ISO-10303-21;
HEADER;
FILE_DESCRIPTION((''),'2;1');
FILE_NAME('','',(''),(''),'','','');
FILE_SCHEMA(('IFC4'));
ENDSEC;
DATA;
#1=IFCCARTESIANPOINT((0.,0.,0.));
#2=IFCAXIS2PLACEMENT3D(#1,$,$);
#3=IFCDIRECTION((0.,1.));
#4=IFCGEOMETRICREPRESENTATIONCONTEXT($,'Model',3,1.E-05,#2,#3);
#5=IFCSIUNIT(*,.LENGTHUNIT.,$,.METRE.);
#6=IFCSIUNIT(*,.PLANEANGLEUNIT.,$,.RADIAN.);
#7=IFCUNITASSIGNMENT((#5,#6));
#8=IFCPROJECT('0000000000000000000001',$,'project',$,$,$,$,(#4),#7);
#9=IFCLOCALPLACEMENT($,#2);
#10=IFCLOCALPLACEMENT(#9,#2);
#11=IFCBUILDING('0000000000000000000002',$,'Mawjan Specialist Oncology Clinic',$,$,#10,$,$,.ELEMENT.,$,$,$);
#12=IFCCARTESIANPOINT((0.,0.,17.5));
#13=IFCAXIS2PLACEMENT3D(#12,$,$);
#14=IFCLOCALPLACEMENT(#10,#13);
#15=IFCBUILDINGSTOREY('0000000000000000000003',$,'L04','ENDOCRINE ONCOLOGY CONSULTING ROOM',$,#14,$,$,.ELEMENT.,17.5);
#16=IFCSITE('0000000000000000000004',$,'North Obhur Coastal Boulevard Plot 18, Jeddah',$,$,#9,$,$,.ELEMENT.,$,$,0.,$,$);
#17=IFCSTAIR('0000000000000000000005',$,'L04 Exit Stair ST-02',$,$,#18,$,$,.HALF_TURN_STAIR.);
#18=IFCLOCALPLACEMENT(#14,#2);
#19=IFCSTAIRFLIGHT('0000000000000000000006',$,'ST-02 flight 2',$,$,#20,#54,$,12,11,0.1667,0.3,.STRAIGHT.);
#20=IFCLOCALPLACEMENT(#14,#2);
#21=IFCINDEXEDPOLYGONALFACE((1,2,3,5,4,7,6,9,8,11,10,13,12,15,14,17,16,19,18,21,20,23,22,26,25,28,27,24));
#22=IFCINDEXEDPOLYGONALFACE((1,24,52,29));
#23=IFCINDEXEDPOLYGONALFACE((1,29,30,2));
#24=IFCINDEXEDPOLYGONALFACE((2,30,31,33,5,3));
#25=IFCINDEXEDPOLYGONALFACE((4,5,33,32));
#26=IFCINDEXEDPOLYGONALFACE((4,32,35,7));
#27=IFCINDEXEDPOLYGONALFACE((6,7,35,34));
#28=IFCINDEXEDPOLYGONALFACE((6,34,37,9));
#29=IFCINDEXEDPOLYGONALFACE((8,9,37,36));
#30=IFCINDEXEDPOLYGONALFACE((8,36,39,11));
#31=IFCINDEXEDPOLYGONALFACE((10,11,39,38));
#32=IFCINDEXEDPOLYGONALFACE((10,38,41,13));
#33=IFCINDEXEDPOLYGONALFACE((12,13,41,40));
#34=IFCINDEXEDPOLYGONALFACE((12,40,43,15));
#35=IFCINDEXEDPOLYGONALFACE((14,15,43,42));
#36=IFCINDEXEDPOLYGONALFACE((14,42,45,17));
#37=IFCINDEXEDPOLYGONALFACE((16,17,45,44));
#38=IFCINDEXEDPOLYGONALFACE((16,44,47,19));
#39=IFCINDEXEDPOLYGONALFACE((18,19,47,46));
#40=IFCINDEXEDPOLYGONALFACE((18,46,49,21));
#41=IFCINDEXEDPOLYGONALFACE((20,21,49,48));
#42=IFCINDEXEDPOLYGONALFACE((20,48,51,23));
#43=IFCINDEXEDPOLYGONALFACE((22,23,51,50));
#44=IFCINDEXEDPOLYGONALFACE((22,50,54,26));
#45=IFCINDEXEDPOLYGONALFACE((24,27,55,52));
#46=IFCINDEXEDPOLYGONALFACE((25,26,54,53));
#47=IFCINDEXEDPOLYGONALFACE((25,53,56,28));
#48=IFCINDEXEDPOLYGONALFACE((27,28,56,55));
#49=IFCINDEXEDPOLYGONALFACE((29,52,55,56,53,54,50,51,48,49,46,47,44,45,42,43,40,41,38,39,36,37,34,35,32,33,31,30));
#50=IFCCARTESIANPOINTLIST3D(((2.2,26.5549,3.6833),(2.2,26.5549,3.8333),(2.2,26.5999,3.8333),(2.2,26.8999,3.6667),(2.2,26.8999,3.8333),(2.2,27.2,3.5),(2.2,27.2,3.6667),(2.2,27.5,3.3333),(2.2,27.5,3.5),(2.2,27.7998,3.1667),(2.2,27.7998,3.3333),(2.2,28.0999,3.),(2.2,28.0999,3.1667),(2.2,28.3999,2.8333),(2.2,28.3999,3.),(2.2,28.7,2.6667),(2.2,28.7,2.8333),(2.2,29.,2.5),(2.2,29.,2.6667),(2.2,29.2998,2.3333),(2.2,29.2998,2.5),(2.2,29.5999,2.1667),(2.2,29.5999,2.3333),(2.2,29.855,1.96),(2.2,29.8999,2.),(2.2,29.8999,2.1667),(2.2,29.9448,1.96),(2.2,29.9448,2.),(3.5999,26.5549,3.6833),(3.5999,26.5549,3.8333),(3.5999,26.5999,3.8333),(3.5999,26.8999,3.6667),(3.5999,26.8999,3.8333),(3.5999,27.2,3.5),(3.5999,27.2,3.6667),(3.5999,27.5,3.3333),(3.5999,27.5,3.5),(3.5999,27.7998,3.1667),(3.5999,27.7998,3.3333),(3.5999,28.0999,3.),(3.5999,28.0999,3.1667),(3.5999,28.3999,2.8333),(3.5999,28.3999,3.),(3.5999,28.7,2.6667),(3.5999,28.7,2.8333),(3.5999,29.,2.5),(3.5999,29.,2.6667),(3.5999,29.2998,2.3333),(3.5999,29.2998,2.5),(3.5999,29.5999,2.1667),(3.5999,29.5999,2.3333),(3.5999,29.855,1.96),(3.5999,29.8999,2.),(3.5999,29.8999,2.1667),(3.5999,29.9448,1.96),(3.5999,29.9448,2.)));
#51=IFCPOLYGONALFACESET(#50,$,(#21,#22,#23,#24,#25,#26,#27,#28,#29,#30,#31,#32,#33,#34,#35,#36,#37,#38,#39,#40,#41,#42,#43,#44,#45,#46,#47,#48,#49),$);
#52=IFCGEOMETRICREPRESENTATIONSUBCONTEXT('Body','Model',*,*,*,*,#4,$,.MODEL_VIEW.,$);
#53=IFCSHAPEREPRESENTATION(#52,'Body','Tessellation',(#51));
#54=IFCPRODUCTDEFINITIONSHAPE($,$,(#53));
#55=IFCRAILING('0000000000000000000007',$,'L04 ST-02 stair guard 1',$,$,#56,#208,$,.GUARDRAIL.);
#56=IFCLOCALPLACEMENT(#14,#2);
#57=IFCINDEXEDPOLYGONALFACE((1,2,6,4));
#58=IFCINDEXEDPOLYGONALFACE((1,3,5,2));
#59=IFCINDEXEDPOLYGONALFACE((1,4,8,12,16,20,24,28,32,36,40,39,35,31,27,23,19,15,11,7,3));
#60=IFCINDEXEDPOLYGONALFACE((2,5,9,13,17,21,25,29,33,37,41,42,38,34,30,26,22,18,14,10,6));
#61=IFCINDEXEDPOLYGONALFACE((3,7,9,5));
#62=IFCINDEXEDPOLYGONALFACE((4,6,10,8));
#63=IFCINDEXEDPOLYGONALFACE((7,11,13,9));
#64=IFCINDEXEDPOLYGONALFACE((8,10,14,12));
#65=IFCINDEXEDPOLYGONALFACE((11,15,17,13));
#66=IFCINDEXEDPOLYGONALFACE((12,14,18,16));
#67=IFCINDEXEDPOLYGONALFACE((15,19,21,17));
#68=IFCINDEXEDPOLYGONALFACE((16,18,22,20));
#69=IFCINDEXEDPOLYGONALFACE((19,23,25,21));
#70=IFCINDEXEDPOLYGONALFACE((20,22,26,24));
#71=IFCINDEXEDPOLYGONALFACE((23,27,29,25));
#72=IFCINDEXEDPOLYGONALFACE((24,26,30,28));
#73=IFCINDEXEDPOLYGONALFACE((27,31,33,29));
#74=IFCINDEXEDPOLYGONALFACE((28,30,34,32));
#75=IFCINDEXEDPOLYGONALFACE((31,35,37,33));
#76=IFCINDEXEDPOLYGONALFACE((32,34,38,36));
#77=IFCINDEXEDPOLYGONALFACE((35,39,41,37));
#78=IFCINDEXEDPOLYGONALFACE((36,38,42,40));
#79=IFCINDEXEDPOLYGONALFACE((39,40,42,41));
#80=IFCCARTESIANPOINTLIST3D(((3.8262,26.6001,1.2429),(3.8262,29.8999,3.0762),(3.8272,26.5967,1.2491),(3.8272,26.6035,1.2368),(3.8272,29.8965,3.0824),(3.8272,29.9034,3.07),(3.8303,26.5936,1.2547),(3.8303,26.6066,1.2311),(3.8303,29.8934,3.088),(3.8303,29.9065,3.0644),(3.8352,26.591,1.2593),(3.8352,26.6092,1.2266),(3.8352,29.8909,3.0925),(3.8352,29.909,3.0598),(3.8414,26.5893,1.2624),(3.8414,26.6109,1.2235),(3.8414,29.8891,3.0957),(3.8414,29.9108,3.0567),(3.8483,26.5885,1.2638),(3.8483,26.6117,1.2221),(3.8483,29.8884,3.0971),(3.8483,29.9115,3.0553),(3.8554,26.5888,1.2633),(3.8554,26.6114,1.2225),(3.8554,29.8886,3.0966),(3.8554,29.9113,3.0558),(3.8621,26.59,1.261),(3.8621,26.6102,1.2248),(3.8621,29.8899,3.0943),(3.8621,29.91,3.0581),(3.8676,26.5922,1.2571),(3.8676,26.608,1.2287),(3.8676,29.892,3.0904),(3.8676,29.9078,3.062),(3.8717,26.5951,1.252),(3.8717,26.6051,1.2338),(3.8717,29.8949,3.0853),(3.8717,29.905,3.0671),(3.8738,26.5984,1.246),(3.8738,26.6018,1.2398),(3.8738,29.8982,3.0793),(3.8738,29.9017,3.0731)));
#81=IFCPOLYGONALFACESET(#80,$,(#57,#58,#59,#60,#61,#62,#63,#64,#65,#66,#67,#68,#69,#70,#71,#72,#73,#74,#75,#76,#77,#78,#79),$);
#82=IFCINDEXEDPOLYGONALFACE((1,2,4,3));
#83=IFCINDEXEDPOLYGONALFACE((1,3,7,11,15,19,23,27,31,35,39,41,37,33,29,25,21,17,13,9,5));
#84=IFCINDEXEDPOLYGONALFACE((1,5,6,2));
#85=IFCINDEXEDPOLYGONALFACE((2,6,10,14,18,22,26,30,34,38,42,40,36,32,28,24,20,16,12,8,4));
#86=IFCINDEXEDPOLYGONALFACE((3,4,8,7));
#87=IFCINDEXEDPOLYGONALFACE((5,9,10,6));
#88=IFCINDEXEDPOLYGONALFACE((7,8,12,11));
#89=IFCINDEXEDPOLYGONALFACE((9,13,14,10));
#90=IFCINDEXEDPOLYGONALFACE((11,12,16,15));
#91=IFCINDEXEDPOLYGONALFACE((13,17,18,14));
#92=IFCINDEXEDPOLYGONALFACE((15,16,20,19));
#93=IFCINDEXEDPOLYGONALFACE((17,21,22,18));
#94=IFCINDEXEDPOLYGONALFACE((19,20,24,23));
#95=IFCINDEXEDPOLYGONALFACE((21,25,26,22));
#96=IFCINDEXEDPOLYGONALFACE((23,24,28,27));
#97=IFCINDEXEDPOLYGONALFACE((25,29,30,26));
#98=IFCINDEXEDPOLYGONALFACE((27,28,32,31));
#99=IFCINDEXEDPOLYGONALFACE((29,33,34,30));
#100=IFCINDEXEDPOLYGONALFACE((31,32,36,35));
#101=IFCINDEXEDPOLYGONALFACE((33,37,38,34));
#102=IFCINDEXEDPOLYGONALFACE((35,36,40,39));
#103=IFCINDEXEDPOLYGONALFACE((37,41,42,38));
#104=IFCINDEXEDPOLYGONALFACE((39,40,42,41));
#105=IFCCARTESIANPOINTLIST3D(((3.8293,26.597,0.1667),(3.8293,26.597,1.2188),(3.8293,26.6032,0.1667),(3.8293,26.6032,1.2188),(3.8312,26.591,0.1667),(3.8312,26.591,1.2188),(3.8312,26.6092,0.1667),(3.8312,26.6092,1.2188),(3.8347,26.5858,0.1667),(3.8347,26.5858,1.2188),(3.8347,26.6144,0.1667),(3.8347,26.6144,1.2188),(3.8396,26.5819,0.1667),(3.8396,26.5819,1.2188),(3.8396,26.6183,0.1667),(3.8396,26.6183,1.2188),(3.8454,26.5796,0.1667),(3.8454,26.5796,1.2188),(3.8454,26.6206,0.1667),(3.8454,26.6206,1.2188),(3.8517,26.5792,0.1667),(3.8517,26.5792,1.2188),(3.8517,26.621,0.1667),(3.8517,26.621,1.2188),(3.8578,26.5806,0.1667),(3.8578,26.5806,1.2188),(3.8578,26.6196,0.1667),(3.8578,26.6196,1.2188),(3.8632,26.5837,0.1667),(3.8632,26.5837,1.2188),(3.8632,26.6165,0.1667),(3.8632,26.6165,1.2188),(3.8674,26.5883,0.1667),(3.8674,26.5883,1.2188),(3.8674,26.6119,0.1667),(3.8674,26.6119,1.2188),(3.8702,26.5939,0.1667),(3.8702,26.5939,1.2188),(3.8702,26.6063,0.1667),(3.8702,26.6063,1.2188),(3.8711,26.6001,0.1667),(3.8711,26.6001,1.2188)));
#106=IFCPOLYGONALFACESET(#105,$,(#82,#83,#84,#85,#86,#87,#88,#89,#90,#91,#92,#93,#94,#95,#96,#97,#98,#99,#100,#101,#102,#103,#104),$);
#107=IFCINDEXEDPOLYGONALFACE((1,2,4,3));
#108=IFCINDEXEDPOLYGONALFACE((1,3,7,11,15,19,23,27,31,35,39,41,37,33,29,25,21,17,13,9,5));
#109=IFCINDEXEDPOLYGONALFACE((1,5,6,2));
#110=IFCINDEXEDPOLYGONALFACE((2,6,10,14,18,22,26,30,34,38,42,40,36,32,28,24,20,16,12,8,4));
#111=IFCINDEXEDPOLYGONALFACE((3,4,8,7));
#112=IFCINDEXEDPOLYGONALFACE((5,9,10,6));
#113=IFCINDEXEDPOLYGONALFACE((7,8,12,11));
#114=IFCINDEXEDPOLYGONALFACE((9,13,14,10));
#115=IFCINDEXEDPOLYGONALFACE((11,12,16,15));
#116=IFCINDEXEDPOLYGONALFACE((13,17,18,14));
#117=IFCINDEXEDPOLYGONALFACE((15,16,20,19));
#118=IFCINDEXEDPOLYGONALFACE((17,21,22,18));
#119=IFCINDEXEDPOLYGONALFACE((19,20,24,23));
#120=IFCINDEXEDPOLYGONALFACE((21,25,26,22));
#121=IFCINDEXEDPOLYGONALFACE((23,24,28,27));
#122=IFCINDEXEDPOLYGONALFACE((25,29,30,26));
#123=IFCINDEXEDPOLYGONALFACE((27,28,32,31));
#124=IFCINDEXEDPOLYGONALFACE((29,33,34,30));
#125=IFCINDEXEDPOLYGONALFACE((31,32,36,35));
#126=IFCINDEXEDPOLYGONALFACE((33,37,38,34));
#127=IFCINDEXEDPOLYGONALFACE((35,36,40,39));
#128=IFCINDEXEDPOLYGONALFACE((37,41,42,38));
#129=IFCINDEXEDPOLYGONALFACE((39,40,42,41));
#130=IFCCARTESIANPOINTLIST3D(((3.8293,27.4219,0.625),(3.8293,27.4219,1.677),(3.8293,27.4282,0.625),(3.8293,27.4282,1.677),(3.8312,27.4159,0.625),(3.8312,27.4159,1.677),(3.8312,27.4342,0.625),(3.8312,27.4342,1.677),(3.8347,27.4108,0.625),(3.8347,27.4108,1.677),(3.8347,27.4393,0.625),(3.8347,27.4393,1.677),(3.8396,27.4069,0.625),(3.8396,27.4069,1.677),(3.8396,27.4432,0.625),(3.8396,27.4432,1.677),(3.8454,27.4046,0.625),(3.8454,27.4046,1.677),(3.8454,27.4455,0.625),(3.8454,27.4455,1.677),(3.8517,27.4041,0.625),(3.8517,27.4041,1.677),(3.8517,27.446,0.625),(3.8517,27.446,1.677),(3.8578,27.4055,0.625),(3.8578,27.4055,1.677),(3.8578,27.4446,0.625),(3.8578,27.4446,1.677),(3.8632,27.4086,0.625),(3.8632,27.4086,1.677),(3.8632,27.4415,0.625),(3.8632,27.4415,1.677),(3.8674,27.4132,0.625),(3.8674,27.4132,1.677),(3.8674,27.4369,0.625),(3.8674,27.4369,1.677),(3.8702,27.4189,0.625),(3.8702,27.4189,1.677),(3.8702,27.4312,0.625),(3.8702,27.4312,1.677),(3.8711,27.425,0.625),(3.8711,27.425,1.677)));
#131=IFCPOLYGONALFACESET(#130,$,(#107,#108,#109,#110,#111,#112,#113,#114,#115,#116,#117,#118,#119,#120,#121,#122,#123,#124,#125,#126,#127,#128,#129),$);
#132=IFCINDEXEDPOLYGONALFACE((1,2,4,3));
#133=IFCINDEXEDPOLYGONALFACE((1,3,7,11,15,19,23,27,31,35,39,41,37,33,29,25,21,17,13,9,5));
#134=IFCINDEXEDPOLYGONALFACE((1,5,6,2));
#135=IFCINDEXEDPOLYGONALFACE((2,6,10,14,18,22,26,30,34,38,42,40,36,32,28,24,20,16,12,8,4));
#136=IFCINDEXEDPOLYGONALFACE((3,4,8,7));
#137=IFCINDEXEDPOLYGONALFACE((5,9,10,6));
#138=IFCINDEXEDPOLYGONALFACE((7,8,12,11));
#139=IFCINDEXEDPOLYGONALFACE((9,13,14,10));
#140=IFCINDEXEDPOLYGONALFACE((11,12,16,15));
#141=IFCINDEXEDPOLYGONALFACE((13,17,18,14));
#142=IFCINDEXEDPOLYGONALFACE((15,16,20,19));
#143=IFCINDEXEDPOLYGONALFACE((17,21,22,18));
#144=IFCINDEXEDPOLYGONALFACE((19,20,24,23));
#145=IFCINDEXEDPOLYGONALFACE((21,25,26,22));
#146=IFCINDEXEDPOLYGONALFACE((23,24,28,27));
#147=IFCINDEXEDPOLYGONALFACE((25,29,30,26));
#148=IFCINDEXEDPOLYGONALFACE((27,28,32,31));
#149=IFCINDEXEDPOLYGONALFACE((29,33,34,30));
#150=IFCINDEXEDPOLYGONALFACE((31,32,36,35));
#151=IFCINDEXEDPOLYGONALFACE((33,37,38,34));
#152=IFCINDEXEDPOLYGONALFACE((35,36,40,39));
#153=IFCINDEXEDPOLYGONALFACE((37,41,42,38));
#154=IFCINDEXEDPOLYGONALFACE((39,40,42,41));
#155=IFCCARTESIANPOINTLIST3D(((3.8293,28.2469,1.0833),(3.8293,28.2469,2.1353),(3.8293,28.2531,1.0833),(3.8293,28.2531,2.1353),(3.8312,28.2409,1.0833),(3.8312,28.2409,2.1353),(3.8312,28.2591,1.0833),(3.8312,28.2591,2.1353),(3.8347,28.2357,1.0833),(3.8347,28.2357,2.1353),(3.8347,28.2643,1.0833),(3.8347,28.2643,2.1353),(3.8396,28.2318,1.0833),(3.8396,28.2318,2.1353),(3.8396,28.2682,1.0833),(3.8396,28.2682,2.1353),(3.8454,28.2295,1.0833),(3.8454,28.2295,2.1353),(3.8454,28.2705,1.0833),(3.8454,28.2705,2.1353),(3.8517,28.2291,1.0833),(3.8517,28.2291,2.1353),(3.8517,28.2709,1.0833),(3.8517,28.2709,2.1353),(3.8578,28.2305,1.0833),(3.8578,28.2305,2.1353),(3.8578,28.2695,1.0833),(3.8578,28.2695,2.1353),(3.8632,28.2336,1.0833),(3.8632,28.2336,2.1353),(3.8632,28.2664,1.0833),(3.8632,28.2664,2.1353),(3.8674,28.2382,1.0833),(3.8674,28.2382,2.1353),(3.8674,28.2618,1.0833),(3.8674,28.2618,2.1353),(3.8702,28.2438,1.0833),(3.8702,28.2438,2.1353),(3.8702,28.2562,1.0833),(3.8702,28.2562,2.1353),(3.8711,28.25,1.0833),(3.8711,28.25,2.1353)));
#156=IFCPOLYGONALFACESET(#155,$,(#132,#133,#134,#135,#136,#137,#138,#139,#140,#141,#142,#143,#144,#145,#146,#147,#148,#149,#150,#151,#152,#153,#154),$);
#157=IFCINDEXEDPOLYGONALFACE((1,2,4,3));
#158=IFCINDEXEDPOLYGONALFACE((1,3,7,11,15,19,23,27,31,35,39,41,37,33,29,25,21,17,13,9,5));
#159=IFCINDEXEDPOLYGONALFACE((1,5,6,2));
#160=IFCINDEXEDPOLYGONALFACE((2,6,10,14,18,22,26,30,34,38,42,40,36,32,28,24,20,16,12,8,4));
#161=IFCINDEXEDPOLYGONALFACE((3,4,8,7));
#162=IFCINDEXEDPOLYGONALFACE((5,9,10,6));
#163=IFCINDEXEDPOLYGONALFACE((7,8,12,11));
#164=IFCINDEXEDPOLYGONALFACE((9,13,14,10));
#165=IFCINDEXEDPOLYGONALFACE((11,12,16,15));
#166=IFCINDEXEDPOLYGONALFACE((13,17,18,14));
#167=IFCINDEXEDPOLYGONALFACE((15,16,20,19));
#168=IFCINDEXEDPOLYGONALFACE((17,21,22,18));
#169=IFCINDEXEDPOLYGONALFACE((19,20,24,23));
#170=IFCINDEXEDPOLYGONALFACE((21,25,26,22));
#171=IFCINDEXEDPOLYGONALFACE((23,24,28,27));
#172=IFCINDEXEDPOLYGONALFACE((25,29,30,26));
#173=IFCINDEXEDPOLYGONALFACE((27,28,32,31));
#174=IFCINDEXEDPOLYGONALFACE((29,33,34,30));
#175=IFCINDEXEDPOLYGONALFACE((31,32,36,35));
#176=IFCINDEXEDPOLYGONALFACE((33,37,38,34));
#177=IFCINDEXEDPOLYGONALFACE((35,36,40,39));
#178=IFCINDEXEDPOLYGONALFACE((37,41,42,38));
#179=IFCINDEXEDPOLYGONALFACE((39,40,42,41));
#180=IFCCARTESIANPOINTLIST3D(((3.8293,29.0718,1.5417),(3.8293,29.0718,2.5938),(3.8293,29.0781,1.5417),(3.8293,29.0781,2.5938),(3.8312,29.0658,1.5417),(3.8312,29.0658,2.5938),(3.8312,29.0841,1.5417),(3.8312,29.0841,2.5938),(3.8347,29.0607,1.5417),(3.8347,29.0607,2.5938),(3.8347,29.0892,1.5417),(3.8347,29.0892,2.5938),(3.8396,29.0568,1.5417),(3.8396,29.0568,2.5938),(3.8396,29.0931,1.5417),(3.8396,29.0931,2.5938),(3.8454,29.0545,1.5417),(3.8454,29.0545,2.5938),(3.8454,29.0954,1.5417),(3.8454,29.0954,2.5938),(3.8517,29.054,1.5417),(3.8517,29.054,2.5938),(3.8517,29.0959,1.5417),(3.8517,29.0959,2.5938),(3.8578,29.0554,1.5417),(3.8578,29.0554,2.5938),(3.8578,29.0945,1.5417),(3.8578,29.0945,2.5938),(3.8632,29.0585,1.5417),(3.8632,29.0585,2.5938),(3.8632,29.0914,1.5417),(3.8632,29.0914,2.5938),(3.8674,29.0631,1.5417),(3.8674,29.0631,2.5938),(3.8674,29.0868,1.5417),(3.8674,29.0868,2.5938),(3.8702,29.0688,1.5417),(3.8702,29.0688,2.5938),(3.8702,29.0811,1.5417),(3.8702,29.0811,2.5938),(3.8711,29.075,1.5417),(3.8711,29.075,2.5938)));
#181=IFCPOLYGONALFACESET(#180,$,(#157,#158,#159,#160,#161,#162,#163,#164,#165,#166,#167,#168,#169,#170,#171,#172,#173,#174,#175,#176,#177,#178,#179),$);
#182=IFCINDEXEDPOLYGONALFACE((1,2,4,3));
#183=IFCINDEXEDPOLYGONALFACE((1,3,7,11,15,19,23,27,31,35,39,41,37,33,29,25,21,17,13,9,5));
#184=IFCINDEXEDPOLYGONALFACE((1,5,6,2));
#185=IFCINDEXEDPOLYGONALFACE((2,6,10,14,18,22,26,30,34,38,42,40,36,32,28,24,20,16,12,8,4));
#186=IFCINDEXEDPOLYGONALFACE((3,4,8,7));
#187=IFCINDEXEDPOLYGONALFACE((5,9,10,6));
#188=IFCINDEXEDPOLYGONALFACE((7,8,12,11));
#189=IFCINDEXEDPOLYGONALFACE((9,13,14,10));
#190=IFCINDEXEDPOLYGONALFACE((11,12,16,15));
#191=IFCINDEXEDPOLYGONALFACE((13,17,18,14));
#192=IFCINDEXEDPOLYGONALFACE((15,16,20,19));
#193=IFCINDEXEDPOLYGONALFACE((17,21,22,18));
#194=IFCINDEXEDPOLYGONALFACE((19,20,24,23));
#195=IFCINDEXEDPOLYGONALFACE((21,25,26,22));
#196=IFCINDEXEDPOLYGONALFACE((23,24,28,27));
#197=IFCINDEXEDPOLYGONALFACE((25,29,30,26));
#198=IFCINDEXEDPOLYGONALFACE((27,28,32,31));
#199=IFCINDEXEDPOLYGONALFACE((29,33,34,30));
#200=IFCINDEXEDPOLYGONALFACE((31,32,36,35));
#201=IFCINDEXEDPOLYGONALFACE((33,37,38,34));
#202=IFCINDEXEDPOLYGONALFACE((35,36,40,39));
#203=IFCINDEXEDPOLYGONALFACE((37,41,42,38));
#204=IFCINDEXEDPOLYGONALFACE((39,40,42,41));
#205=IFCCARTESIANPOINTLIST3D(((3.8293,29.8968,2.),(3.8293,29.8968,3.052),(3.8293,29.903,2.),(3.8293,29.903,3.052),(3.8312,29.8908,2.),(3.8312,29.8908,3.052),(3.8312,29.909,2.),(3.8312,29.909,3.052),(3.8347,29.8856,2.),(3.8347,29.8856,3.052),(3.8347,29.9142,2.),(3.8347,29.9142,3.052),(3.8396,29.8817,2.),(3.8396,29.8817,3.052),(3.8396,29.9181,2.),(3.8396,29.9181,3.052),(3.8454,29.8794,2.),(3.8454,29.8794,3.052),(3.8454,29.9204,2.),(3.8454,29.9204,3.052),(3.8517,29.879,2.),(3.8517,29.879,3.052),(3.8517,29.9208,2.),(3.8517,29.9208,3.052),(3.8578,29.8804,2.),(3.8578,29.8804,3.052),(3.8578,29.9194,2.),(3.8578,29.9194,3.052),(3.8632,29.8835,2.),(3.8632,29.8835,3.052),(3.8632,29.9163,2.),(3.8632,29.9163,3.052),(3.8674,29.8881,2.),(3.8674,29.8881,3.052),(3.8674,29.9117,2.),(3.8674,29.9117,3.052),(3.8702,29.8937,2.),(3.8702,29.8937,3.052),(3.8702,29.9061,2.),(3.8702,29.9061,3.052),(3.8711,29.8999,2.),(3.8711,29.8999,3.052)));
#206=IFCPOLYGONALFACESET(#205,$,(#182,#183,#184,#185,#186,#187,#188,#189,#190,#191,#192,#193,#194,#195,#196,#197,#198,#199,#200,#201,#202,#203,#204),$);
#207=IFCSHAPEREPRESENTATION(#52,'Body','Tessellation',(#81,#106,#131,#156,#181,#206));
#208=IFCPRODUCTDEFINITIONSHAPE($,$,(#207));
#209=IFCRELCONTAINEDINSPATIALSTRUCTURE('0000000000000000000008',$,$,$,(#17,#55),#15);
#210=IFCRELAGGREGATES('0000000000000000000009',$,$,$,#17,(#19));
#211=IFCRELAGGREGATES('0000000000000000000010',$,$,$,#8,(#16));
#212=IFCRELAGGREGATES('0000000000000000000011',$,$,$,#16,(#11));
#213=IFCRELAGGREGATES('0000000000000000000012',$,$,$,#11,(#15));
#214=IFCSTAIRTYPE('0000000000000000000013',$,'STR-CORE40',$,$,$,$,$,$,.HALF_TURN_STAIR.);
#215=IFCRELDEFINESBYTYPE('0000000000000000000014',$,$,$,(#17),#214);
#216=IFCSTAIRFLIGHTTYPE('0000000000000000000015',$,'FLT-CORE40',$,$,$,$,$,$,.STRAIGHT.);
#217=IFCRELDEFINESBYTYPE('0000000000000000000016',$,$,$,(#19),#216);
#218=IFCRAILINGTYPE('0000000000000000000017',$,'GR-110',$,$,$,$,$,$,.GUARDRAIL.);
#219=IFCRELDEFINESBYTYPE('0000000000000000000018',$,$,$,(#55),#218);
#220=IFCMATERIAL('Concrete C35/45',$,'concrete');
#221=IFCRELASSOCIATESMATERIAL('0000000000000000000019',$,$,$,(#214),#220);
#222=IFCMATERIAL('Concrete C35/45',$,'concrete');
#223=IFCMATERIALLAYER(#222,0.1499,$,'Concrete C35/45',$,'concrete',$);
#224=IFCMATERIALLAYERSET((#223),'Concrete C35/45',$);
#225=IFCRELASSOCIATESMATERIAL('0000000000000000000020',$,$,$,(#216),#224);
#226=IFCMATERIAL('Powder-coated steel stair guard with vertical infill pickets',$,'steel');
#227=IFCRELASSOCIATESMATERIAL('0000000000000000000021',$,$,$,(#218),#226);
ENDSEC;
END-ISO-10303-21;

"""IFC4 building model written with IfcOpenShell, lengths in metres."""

from ifc_helpers import new_model, si_unit, direction, frame, origin, origin_2d, place, context, subcontext, project, spatial, polyline, circle, outline, extrude, material, layer, layer_set, type_object, element, aggregate, save


model = new_model("IFC4")

# Units and contexts
model_context = context("Model", 3, precision=1e-05, world=origin(), true_north=direction((0.0, 1.0)))
body_context = subcontext(model_context, "Body", "Model", "MODEL_VIEW")
ifc_project = project(units=[si_unit("LENGTHUNIT", "METRE"), si_unit("PLANEANGLEUNIT", "RADIAN")], contexts=[model_context])

# Site, building, storey
site_placement = place(None, origin())
site = spatial("IfcSite", under=ifc_project, at=site_placement, Name="North Obhur Coastal Boulevard Plot 18, Jeddah", CompositionType="ELEMENT", RefElevation=0.0)
building_placement = place(site_placement, origin())
building = spatial("IfcBuilding", under=site, at=building_placement, Name="Mawjan Specialist Oncology Clinic", CompositionType="ELEMENT")
storey_placement = place(building_placement, frame((0.0, 0.0, 17.5)))
storey = spatial("IfcBuildingStorey", under=building, at=storey_placement, Name="L04", Description="ENDOCRINE ONCOLOGY CONSULTING ROOM", CompositionType="ELEMENT", Elevation=17.5)

# Stair, stair flight
ifc_material_1 = material(Name="Concrete C35/45", Category="concrete")
stair_type = type_object("IfcStairType", Name="STR-CORE40", PredefinedType="HALF_TURN_STAIR", material=ifc_material_1)
stair_placement = place(storey_placement, origin())
stair = element("IfcStair", 1, at=stair_placement, inside=storey, type_object=stair_type, Name="L04 Exit Stair ST-02", PredefinedType="HALF_TURN_STAIR")
ifc_material_2 = material(Name="Concrete C35/45", Category="concrete")
ifc_layer_1 = layer(ifc_material_2, 0.1499, Name="Concrete C35/45", Category="concrete")
ifc_layer_set_1 = layer_set([ifc_layer_1], Name="Concrete C35/45")
stair_flight_type = type_object("IfcStairFlightType", Name="FLT-CORE40", PredefinedType="STRAIGHT", material=ifc_layer_set_1)
stair_flight_1_placement = place(storey_placement, frame((2.8999, 29.8999, 2.0), z_axis=(0.0, 0.0, 1.0), x_axis=(0.0, -1.0, 0.0)))
stair_flight_1 = element("IfcStairFlight", 2, at=stair_flight_1_placement, type_object=stair_flight_type, Name="ST-02 flight 2", NumberOfRisers=12, NumberOfTreads=11, PredefinedType="STRAIGHT", RiserHeight=0.1667, TreadLength=0.3, context=body_context, shape_type="SweptSolid", body=[
    extrude(outline(polyline([(-0.0449, -0.04), (-0.0449, 0.0), (0.0, 0.0), (0.0, 0.1667), (0.3, 0.1667), (0.3, 0.3333), (0.6001, 0.3333), (0.6001, 0.5), (0.8999, 0.5), (0.8999, 0.6667), (1.2, 0.6667), (1.2, 0.8333), (1.5, 0.8333), (1.5, 1.0), (1.8, 1.0), (1.8, 1.1667), (2.1001, 1.1667), (2.1001, 1.3333), (2.3999, 1.3333), (2.3999, 1.5), (2.7, 1.5), (2.7, 1.6667), (3.0, 1.6667), (3.0, 1.8333), (3.3, 1.8333), (3.345, 1.8333), (3.345, 1.6833), (0.0449, -0.04), (-0.0449, -0.04)])), frame((0.0, 0.7, 0.0), z_axis=(0.0, -1.0, 0.0), x_axis=(1.0, 0.0, 0.0)), (0.0, 0.0, 1.0), 1.3999),
])
aggregate(stair, [stair_flight_1])

# Railing
ifc_material_3 = material(Name="Powder-coated steel stair guard with vertical infill pickets", Category="steel")
railing_type_1 = type_object("IfcRailingType", Name="GR-110", PredefinedType="GUARDRAIL", material=ifc_material_3)
railing_1_placement = place(storey_placement, frame((3.8501, 26.6001, 0.1667)))
element("IfcRailing", 3, at=railing_1_placement, inside=storey, type_object=railing_type_1, Name="L04 ST-02 stair guard 1", PredefinedType="GUARDRAIL", context=body_context, shape_type="SweptSolid", body=[
    extrude(circle(Radius=0.0239, at=origin_2d()), frame((0.0, 0.0, 1.0762), z_axis=(0.0, 0.874154, 0.485648), x_axis=(-1.0, 0.0, 0.0)), (0.0, 0.0, 1.0), 3.7749),
    extrude(circle(Radius=0.021, at=origin_2d()), origin(), (0.0, 0.0, 1.0), 1.052),
    extrude(circle(Radius=0.021, at=origin_2d()), frame((0.0, 0.825, 0.4583)), (0.0, 0.0, 1.0), 1.052),
    extrude(circle(Radius=0.021, at=origin_2d()), frame((0.0, 1.6499, 0.9165)), (0.0, 0.0, 1.0), 1.052),
    extrude(circle(Radius=0.021, at=origin_2d()), frame((0.0, 2.4749, 1.375)), (0.0, 0.0, 1.0), 1.052),
    extrude(circle(Radius=0.021, at=origin_2d()), frame((0.0, 3.2998, 1.8333)), (0.0, 0.0, 1.0), 1.052),
])

save(model, "model.ifc")
